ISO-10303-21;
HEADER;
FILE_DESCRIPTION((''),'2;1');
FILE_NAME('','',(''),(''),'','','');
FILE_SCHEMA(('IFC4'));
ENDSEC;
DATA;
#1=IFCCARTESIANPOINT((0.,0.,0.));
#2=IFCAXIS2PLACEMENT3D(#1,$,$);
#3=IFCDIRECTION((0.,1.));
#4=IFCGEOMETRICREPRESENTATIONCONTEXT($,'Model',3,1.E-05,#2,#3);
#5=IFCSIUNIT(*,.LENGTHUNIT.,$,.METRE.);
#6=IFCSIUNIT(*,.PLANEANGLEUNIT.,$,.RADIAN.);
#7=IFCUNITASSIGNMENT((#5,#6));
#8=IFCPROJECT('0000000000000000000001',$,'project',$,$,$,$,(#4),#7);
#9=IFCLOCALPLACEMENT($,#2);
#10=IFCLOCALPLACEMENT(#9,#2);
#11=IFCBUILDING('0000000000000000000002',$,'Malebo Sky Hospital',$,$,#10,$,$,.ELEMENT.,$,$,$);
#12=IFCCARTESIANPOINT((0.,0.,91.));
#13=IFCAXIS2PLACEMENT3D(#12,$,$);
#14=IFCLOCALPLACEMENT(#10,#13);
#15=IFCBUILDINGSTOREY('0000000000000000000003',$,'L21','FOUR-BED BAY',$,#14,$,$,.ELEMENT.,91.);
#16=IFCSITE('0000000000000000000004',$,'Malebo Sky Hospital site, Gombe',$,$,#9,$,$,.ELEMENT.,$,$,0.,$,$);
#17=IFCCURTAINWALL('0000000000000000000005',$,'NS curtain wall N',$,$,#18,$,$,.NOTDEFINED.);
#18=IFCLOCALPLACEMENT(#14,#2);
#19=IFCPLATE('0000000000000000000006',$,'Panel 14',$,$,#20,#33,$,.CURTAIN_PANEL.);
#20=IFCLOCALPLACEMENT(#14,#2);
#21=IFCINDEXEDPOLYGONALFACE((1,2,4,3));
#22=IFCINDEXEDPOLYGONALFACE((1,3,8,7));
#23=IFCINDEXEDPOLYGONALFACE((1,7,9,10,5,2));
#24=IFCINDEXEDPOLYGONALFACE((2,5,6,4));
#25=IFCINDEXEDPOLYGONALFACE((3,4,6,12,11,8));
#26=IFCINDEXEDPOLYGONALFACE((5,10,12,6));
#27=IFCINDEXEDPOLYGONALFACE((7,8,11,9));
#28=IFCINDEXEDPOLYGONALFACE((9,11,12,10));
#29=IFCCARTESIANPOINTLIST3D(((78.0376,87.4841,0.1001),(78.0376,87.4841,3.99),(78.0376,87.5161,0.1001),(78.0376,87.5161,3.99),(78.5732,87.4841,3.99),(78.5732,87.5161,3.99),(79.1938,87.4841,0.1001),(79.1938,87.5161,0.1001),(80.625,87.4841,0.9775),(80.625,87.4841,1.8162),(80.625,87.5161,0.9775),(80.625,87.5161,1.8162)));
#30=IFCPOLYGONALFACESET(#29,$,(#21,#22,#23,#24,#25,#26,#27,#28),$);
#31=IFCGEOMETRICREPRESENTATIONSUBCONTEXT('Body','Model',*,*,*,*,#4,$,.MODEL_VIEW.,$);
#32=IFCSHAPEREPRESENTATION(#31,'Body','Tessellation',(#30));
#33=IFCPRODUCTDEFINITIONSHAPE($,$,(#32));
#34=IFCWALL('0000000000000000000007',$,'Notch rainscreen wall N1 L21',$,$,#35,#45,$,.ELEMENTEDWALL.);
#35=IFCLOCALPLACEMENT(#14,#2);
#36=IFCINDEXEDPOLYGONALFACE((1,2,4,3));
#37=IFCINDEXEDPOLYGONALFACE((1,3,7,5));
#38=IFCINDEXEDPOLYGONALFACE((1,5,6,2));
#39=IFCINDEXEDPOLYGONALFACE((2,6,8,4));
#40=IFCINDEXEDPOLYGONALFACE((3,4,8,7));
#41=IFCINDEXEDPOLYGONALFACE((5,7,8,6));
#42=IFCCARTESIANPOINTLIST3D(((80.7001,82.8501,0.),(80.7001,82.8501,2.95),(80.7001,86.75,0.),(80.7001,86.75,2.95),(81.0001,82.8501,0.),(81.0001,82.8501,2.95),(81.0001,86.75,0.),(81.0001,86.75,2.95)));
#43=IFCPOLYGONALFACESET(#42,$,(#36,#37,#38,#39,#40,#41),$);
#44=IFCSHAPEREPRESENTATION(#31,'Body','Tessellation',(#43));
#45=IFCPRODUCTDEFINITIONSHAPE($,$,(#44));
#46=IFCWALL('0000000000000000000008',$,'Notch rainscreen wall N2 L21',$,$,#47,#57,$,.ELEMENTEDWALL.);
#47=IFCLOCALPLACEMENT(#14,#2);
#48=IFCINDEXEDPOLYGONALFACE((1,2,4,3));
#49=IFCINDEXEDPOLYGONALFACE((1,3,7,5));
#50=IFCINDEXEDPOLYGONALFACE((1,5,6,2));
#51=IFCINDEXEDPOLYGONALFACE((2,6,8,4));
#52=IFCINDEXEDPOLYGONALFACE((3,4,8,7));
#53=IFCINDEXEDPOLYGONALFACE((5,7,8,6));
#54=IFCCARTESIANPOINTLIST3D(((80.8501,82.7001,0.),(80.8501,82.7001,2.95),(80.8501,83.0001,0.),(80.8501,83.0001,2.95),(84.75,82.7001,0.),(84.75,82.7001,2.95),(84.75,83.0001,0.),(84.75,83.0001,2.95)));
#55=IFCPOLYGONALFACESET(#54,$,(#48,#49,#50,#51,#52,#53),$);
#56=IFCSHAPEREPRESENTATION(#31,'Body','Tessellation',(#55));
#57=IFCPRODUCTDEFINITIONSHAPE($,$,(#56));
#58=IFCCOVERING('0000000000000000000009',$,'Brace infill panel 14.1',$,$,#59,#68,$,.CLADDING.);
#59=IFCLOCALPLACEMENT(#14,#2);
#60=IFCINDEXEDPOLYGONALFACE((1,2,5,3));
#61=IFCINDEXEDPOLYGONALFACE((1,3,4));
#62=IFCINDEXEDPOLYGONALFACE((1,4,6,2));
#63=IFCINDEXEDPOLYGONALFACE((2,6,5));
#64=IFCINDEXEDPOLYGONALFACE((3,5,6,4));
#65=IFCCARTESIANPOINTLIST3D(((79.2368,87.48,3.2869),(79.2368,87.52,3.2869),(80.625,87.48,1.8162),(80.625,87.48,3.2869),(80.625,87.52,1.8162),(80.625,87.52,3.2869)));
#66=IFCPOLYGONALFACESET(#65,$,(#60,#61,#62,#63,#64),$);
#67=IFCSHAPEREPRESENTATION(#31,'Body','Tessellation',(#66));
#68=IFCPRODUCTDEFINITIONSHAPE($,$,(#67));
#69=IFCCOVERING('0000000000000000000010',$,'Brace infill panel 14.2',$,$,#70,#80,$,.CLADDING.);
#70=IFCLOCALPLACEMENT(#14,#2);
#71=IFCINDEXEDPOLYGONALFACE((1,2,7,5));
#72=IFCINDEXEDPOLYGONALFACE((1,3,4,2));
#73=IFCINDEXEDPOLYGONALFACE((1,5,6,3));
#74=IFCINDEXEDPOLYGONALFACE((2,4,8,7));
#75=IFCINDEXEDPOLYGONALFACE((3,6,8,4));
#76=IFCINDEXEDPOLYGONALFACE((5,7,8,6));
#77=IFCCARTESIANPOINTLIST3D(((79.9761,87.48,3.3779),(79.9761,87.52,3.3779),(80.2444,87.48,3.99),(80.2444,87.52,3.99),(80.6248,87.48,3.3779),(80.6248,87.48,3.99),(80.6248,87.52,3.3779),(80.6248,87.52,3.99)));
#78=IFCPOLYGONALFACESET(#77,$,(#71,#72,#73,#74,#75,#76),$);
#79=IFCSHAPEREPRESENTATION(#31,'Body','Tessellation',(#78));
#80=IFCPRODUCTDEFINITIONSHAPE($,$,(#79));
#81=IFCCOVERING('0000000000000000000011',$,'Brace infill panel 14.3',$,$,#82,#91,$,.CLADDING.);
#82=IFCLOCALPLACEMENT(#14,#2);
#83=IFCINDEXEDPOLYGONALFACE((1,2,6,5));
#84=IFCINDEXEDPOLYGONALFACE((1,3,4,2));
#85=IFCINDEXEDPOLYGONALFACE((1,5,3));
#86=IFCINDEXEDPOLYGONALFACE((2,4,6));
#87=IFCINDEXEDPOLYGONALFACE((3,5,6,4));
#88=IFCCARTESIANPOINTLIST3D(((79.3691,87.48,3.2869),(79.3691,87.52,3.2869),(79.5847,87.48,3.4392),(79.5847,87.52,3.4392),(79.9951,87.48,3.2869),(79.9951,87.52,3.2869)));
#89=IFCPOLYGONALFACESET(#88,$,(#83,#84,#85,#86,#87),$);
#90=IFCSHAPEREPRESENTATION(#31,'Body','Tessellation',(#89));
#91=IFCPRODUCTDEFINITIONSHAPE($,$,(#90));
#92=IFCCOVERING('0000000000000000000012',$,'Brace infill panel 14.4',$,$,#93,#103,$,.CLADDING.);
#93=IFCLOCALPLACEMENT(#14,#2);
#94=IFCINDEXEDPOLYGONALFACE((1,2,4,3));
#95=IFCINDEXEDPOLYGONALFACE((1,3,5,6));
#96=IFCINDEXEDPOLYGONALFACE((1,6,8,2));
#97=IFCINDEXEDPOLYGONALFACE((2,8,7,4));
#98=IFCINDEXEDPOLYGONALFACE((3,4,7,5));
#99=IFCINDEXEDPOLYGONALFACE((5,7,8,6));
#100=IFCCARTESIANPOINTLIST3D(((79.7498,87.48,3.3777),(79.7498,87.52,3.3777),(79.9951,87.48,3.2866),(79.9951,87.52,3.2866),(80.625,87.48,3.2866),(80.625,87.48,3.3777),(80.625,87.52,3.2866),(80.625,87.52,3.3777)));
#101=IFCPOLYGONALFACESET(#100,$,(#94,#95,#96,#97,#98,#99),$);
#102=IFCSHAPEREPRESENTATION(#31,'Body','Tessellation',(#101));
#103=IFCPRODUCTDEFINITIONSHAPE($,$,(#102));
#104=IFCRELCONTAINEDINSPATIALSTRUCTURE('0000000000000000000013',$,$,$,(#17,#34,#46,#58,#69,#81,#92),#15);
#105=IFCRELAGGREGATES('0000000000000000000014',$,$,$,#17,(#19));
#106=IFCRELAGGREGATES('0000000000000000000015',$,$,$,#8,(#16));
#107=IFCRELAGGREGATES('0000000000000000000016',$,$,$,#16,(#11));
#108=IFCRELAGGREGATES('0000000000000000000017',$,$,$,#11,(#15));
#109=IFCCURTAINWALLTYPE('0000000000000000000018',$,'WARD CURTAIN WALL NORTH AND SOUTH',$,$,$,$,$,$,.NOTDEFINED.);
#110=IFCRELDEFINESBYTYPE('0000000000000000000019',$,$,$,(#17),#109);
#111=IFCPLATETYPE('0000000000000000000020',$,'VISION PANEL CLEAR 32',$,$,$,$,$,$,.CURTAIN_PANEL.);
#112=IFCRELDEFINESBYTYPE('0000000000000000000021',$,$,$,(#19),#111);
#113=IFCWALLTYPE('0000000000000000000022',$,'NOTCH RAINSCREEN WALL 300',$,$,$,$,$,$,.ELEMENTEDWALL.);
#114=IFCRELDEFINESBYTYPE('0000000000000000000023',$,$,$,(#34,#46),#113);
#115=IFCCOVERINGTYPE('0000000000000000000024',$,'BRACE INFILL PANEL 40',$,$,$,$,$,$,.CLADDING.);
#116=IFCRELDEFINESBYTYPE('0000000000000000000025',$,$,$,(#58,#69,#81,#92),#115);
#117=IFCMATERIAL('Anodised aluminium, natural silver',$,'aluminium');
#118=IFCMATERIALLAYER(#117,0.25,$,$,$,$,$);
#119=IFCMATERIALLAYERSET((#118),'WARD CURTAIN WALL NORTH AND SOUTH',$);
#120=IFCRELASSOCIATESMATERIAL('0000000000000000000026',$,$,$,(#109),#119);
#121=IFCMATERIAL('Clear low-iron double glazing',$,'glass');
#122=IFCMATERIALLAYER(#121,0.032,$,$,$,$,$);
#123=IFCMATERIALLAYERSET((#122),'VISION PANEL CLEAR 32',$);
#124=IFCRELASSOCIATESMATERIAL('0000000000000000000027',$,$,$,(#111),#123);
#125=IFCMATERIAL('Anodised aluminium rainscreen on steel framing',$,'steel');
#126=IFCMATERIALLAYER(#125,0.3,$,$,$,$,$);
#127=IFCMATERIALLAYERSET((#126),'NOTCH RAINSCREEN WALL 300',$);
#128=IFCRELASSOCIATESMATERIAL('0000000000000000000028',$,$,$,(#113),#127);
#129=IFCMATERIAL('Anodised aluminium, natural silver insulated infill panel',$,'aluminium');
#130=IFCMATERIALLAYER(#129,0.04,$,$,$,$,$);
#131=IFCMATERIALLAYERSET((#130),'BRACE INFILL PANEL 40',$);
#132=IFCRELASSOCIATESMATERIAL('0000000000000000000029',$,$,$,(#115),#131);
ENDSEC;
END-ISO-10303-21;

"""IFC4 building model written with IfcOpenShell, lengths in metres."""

from ifc_helpers import new_model, si_unit, direction, frame, frame_2d, origin, place, context, subcontext, project, spatial, polyline, rectangle, outline, extrude, material, layer, layer_set, type_object, element, aggregate, save


model = new_model("IFC4")

# Units and contexts
model_context = context("Model", 3, precision=1e-05, world=origin(), true_north=direction((0.0, 1.0)))
body_context = subcontext(model_context, "Body", "Model", "MODEL_VIEW")
ifc_project = project(units=[si_unit("LENGTHUNIT", "METRE"), si_unit("PLANEANGLEUNIT", "RADIAN")], contexts=[model_context])

# Site, building, storey
site_placement = place(None, origin())
site = spatial("IfcSite", under=ifc_project, at=site_placement, Name="Malebo Sky Hospital site, Gombe", CompositionType="ELEMENT", RefElevation=0.0)
building_placement = place(site_placement, origin())
building = spatial("IfcBuilding", under=site, at=building_placement, Name="Malebo Sky Hospital", CompositionType="ELEMENT")
storey_placement = place(building_placement, frame((0.0, 0.0, 91.0)))
storey = spatial("IfcBuildingStorey", under=building, at=storey_placement, Name="L21", Description="FOUR-BED BAY", CompositionType="ELEMENT", Elevation=91.0)

# Curtain wall
ifc_material_1 = material(Name="Anodised aluminium, natural silver", Category="aluminium")
ifc_layer_1 = layer(ifc_material_1, 0.25)
ifc_layer_set_1 = layer_set([ifc_layer_1], Name="WARD CURTAIN WALL NORTH AND SOUTH")
curtain_wall_type_1 = type_object("IfcCurtainWallType", Name="WARD CURTAIN WALL NORTH AND SOUTH", PredefinedType="NOTDEFINED", material=ifc_layer_set_1)
curtain_wall_1_placement = place(storey_placement, origin())
curtain_wall_1 = element("IfcCurtainWall", 1, at=curtain_wall_1_placement, inside=storey, type_object=curtain_wall_type_1, Name="NS curtain wall N", PredefinedType="NOTDEFINED")

# Plate
ifc_material_2 = material(Name="Clear low-iron double glazing", Category="glass")
ifc_layer_2 = layer(ifc_material_2, 0.032)
ifc_layer_set_2 = layer_set([ifc_layer_2], Name="VISION PANEL CLEAR 32")
plate_type = type_object("IfcPlateType", Name="VISION PANEL CLEAR 32", PredefinedType="CURTAIN_PANEL", material=ifc_layer_set_2)
plate_1_placement = place(storey_placement, frame((79.3313, 87.5, 0.1001), z_axis=(0.0, 0.0, 1.0), x_axis=(1.0, 0.0, 0.0)))
plate_1 = element("IfcPlate", 2, at=plate_1_placement, type_object=plate_type, Name="Panel 14", PredefinedType="CURTAIN_PANEL", context=body_context, shape_type="SweptSolid", body=[
    extrude(outline(polyline([(-1.2937, 0.0), (-0.1375, 0.0), (1.2937, 0.8774), (1.2937, 1.7161), (-0.7581, 3.8899), (-1.2937, 3.8899), (-1.2937, 0.0)])), frame((0.0, 0.0161, 0.0), z_axis=(0.0, -1.0, 0.0), x_axis=(1.0, 0.0, 0.0)), (0.0, 0.0, 1.0), 0.032),
])
aggregate(curtain_wall_1, [plate_1])

# Walls
ifc_material_3 = material(Name="Anodised aluminium rainscreen on steel framing", Category="steel")
ifc_layer_3 = layer(ifc_material_3, 0.3)
ifc_layer_set_3 = layer_set([ifc_layer_3], Name="NOTCH RAINSCREEN WALL 300")
wall_type = type_object("IfcWallType", Name="NOTCH RAINSCREEN WALL 300", PredefinedType="ELEMENTEDWALL", material=ifc_layer_set_3)
for number, where, z_axis, x_axis, name in (
    (3, (80.8501, 86.75, 0.0), (0.0, 0.0, 1.0), (0.0, -1.0, 0.0), "Notch rainscreen wall N1 L21"),
    (4, (80.8501, 82.8501, 0.0), (0.0, 0.0, 1.0), (1.0, 0.0, 0.0), "Notch rainscreen wall N2 L21"),
):
    element("IfcWall", number, at=place(storey_placement, frame(where, z_axis=z_axis, x_axis=x_axis)), inside=storey, type_object=wall_type, Name=name, PredefinedType="ELEMENTEDWALL", context=body_context, shape_type="SweptSolid", body=[
        extrude(rectangle(XDim=3.8999, YDim=0.3, at=frame_2d((1.95, 0.0))), origin(), (0.0, 0.0, 1.0), 2.95),
    ])

# Coverings
ifc_material_4 = material(Name="Anodised aluminium, natural silver insulated infill panel", Category="aluminium")
ifc_layer_4 = layer(ifc_material_4, 0.04)
ifc_layer_set_4 = layer_set([ifc_layer_4], Name="BRACE INFILL PANEL 40")
covering_type = type_object("IfcCoveringType", Name="BRACE INFILL PANEL 40", PredefinedType="CLADDING", material=ifc_layer_set_4)
covering_1_placement = place(storey_placement, frame((79.9309, 87.5, 1.8162), z_axis=(0.0, 0.0, 1.0), x_axis=(1.0, 0.0, 0.0)))
element("IfcCovering", 5, at=covering_1_placement, inside=storey, type_object=covering_type, Name="Brace infill panel 14.1", PredefinedType="CLADDING", context=body_context, shape_type="SweptSolid", body=[
    extrude(outline(polyline([(0.6941, 0.0), (0.6941, 1.4707), (-0.6941, 1.4707), (0.6941, 0.0)])), frame((0.0, 0.02, 0.0), z_axis=(0.0, -1.0, 0.0), x_axis=(1.0, 0.0, 0.0)), (0.0, 0.0, 1.0), 0.04),
])
covering_2_placement = place(storey_placement, frame((80.3005, 87.5, 3.3779), z_axis=(0.0, 0.0, 1.0), x_axis=(1.0, 0.0, 0.0)))
element("IfcCovering", 6, at=covering_2_placement, inside=storey, type_object=covering_type, Name="Brace infill panel 14.2", PredefinedType="CLADDING", context=body_context, shape_type="SweptSolid", body=[
    extrude(outline(polyline([(-0.3245, 0.0), (0.3242, 0.0), (0.3242, 0.6121), (-0.0562, 0.6121), (-0.3245, 0.0)])), frame((0.0, 0.02, 0.0), z_axis=(0.0, -1.0, 0.0), x_axis=(1.0, 0.0, 0.0)), (0.0, 0.0, 1.0), 0.04),
])
covering_3_placement = place(storey_placement, frame((79.6821, 87.5, 3.2869), z_axis=(0.0, 0.0, 1.0), x_axis=(1.0, 0.0, 0.0)))
element("IfcCovering", 7, at=covering_3_placement, inside=storey, type_object=covering_type, Name="Brace infill panel 14.3", PredefinedType="CLADDING", context=body_context, shape_type="SweptSolid", body=[
    extrude(outline(polyline([(-0.313, 0.0), (0.313, 0.0), (-0.0974, 0.1523), (-0.313, 0.0)])), frame((0.0, 0.02, 0.0), z_axis=(0.0, -1.0, 0.0), x_axis=(1.0, 0.0, 0.0)), (0.0, 0.0, 1.0), 0.04),
])
covering_4_placement = place(storey_placement, frame((80.1873, 87.5, 3.2866), z_axis=(0.0, 0.0, 1.0), x_axis=(1.0, 0.0, 0.0)))
element("IfcCovering", 8, at=covering_4_placement, inside=storey, type_object=covering_type, Name="Brace infill panel 14.4", PredefinedType="CLADDING", context=body_context, shape_type="SweptSolid", body=[
    extrude(outline(polyline([(-0.1921, 0.0), (0.4377, 0.0), (0.4377, 0.0911), (-0.4375, 0.0911), (-0.1921, 0.0)])), frame((0.0, 0.02, 0.0), z_axis=(0.0, -1.0, 0.0), x_axis=(1.0, 0.0, 0.0)), (0.0, 0.0, 1.0), 0.04),
])

save(model, "model.ifc")
